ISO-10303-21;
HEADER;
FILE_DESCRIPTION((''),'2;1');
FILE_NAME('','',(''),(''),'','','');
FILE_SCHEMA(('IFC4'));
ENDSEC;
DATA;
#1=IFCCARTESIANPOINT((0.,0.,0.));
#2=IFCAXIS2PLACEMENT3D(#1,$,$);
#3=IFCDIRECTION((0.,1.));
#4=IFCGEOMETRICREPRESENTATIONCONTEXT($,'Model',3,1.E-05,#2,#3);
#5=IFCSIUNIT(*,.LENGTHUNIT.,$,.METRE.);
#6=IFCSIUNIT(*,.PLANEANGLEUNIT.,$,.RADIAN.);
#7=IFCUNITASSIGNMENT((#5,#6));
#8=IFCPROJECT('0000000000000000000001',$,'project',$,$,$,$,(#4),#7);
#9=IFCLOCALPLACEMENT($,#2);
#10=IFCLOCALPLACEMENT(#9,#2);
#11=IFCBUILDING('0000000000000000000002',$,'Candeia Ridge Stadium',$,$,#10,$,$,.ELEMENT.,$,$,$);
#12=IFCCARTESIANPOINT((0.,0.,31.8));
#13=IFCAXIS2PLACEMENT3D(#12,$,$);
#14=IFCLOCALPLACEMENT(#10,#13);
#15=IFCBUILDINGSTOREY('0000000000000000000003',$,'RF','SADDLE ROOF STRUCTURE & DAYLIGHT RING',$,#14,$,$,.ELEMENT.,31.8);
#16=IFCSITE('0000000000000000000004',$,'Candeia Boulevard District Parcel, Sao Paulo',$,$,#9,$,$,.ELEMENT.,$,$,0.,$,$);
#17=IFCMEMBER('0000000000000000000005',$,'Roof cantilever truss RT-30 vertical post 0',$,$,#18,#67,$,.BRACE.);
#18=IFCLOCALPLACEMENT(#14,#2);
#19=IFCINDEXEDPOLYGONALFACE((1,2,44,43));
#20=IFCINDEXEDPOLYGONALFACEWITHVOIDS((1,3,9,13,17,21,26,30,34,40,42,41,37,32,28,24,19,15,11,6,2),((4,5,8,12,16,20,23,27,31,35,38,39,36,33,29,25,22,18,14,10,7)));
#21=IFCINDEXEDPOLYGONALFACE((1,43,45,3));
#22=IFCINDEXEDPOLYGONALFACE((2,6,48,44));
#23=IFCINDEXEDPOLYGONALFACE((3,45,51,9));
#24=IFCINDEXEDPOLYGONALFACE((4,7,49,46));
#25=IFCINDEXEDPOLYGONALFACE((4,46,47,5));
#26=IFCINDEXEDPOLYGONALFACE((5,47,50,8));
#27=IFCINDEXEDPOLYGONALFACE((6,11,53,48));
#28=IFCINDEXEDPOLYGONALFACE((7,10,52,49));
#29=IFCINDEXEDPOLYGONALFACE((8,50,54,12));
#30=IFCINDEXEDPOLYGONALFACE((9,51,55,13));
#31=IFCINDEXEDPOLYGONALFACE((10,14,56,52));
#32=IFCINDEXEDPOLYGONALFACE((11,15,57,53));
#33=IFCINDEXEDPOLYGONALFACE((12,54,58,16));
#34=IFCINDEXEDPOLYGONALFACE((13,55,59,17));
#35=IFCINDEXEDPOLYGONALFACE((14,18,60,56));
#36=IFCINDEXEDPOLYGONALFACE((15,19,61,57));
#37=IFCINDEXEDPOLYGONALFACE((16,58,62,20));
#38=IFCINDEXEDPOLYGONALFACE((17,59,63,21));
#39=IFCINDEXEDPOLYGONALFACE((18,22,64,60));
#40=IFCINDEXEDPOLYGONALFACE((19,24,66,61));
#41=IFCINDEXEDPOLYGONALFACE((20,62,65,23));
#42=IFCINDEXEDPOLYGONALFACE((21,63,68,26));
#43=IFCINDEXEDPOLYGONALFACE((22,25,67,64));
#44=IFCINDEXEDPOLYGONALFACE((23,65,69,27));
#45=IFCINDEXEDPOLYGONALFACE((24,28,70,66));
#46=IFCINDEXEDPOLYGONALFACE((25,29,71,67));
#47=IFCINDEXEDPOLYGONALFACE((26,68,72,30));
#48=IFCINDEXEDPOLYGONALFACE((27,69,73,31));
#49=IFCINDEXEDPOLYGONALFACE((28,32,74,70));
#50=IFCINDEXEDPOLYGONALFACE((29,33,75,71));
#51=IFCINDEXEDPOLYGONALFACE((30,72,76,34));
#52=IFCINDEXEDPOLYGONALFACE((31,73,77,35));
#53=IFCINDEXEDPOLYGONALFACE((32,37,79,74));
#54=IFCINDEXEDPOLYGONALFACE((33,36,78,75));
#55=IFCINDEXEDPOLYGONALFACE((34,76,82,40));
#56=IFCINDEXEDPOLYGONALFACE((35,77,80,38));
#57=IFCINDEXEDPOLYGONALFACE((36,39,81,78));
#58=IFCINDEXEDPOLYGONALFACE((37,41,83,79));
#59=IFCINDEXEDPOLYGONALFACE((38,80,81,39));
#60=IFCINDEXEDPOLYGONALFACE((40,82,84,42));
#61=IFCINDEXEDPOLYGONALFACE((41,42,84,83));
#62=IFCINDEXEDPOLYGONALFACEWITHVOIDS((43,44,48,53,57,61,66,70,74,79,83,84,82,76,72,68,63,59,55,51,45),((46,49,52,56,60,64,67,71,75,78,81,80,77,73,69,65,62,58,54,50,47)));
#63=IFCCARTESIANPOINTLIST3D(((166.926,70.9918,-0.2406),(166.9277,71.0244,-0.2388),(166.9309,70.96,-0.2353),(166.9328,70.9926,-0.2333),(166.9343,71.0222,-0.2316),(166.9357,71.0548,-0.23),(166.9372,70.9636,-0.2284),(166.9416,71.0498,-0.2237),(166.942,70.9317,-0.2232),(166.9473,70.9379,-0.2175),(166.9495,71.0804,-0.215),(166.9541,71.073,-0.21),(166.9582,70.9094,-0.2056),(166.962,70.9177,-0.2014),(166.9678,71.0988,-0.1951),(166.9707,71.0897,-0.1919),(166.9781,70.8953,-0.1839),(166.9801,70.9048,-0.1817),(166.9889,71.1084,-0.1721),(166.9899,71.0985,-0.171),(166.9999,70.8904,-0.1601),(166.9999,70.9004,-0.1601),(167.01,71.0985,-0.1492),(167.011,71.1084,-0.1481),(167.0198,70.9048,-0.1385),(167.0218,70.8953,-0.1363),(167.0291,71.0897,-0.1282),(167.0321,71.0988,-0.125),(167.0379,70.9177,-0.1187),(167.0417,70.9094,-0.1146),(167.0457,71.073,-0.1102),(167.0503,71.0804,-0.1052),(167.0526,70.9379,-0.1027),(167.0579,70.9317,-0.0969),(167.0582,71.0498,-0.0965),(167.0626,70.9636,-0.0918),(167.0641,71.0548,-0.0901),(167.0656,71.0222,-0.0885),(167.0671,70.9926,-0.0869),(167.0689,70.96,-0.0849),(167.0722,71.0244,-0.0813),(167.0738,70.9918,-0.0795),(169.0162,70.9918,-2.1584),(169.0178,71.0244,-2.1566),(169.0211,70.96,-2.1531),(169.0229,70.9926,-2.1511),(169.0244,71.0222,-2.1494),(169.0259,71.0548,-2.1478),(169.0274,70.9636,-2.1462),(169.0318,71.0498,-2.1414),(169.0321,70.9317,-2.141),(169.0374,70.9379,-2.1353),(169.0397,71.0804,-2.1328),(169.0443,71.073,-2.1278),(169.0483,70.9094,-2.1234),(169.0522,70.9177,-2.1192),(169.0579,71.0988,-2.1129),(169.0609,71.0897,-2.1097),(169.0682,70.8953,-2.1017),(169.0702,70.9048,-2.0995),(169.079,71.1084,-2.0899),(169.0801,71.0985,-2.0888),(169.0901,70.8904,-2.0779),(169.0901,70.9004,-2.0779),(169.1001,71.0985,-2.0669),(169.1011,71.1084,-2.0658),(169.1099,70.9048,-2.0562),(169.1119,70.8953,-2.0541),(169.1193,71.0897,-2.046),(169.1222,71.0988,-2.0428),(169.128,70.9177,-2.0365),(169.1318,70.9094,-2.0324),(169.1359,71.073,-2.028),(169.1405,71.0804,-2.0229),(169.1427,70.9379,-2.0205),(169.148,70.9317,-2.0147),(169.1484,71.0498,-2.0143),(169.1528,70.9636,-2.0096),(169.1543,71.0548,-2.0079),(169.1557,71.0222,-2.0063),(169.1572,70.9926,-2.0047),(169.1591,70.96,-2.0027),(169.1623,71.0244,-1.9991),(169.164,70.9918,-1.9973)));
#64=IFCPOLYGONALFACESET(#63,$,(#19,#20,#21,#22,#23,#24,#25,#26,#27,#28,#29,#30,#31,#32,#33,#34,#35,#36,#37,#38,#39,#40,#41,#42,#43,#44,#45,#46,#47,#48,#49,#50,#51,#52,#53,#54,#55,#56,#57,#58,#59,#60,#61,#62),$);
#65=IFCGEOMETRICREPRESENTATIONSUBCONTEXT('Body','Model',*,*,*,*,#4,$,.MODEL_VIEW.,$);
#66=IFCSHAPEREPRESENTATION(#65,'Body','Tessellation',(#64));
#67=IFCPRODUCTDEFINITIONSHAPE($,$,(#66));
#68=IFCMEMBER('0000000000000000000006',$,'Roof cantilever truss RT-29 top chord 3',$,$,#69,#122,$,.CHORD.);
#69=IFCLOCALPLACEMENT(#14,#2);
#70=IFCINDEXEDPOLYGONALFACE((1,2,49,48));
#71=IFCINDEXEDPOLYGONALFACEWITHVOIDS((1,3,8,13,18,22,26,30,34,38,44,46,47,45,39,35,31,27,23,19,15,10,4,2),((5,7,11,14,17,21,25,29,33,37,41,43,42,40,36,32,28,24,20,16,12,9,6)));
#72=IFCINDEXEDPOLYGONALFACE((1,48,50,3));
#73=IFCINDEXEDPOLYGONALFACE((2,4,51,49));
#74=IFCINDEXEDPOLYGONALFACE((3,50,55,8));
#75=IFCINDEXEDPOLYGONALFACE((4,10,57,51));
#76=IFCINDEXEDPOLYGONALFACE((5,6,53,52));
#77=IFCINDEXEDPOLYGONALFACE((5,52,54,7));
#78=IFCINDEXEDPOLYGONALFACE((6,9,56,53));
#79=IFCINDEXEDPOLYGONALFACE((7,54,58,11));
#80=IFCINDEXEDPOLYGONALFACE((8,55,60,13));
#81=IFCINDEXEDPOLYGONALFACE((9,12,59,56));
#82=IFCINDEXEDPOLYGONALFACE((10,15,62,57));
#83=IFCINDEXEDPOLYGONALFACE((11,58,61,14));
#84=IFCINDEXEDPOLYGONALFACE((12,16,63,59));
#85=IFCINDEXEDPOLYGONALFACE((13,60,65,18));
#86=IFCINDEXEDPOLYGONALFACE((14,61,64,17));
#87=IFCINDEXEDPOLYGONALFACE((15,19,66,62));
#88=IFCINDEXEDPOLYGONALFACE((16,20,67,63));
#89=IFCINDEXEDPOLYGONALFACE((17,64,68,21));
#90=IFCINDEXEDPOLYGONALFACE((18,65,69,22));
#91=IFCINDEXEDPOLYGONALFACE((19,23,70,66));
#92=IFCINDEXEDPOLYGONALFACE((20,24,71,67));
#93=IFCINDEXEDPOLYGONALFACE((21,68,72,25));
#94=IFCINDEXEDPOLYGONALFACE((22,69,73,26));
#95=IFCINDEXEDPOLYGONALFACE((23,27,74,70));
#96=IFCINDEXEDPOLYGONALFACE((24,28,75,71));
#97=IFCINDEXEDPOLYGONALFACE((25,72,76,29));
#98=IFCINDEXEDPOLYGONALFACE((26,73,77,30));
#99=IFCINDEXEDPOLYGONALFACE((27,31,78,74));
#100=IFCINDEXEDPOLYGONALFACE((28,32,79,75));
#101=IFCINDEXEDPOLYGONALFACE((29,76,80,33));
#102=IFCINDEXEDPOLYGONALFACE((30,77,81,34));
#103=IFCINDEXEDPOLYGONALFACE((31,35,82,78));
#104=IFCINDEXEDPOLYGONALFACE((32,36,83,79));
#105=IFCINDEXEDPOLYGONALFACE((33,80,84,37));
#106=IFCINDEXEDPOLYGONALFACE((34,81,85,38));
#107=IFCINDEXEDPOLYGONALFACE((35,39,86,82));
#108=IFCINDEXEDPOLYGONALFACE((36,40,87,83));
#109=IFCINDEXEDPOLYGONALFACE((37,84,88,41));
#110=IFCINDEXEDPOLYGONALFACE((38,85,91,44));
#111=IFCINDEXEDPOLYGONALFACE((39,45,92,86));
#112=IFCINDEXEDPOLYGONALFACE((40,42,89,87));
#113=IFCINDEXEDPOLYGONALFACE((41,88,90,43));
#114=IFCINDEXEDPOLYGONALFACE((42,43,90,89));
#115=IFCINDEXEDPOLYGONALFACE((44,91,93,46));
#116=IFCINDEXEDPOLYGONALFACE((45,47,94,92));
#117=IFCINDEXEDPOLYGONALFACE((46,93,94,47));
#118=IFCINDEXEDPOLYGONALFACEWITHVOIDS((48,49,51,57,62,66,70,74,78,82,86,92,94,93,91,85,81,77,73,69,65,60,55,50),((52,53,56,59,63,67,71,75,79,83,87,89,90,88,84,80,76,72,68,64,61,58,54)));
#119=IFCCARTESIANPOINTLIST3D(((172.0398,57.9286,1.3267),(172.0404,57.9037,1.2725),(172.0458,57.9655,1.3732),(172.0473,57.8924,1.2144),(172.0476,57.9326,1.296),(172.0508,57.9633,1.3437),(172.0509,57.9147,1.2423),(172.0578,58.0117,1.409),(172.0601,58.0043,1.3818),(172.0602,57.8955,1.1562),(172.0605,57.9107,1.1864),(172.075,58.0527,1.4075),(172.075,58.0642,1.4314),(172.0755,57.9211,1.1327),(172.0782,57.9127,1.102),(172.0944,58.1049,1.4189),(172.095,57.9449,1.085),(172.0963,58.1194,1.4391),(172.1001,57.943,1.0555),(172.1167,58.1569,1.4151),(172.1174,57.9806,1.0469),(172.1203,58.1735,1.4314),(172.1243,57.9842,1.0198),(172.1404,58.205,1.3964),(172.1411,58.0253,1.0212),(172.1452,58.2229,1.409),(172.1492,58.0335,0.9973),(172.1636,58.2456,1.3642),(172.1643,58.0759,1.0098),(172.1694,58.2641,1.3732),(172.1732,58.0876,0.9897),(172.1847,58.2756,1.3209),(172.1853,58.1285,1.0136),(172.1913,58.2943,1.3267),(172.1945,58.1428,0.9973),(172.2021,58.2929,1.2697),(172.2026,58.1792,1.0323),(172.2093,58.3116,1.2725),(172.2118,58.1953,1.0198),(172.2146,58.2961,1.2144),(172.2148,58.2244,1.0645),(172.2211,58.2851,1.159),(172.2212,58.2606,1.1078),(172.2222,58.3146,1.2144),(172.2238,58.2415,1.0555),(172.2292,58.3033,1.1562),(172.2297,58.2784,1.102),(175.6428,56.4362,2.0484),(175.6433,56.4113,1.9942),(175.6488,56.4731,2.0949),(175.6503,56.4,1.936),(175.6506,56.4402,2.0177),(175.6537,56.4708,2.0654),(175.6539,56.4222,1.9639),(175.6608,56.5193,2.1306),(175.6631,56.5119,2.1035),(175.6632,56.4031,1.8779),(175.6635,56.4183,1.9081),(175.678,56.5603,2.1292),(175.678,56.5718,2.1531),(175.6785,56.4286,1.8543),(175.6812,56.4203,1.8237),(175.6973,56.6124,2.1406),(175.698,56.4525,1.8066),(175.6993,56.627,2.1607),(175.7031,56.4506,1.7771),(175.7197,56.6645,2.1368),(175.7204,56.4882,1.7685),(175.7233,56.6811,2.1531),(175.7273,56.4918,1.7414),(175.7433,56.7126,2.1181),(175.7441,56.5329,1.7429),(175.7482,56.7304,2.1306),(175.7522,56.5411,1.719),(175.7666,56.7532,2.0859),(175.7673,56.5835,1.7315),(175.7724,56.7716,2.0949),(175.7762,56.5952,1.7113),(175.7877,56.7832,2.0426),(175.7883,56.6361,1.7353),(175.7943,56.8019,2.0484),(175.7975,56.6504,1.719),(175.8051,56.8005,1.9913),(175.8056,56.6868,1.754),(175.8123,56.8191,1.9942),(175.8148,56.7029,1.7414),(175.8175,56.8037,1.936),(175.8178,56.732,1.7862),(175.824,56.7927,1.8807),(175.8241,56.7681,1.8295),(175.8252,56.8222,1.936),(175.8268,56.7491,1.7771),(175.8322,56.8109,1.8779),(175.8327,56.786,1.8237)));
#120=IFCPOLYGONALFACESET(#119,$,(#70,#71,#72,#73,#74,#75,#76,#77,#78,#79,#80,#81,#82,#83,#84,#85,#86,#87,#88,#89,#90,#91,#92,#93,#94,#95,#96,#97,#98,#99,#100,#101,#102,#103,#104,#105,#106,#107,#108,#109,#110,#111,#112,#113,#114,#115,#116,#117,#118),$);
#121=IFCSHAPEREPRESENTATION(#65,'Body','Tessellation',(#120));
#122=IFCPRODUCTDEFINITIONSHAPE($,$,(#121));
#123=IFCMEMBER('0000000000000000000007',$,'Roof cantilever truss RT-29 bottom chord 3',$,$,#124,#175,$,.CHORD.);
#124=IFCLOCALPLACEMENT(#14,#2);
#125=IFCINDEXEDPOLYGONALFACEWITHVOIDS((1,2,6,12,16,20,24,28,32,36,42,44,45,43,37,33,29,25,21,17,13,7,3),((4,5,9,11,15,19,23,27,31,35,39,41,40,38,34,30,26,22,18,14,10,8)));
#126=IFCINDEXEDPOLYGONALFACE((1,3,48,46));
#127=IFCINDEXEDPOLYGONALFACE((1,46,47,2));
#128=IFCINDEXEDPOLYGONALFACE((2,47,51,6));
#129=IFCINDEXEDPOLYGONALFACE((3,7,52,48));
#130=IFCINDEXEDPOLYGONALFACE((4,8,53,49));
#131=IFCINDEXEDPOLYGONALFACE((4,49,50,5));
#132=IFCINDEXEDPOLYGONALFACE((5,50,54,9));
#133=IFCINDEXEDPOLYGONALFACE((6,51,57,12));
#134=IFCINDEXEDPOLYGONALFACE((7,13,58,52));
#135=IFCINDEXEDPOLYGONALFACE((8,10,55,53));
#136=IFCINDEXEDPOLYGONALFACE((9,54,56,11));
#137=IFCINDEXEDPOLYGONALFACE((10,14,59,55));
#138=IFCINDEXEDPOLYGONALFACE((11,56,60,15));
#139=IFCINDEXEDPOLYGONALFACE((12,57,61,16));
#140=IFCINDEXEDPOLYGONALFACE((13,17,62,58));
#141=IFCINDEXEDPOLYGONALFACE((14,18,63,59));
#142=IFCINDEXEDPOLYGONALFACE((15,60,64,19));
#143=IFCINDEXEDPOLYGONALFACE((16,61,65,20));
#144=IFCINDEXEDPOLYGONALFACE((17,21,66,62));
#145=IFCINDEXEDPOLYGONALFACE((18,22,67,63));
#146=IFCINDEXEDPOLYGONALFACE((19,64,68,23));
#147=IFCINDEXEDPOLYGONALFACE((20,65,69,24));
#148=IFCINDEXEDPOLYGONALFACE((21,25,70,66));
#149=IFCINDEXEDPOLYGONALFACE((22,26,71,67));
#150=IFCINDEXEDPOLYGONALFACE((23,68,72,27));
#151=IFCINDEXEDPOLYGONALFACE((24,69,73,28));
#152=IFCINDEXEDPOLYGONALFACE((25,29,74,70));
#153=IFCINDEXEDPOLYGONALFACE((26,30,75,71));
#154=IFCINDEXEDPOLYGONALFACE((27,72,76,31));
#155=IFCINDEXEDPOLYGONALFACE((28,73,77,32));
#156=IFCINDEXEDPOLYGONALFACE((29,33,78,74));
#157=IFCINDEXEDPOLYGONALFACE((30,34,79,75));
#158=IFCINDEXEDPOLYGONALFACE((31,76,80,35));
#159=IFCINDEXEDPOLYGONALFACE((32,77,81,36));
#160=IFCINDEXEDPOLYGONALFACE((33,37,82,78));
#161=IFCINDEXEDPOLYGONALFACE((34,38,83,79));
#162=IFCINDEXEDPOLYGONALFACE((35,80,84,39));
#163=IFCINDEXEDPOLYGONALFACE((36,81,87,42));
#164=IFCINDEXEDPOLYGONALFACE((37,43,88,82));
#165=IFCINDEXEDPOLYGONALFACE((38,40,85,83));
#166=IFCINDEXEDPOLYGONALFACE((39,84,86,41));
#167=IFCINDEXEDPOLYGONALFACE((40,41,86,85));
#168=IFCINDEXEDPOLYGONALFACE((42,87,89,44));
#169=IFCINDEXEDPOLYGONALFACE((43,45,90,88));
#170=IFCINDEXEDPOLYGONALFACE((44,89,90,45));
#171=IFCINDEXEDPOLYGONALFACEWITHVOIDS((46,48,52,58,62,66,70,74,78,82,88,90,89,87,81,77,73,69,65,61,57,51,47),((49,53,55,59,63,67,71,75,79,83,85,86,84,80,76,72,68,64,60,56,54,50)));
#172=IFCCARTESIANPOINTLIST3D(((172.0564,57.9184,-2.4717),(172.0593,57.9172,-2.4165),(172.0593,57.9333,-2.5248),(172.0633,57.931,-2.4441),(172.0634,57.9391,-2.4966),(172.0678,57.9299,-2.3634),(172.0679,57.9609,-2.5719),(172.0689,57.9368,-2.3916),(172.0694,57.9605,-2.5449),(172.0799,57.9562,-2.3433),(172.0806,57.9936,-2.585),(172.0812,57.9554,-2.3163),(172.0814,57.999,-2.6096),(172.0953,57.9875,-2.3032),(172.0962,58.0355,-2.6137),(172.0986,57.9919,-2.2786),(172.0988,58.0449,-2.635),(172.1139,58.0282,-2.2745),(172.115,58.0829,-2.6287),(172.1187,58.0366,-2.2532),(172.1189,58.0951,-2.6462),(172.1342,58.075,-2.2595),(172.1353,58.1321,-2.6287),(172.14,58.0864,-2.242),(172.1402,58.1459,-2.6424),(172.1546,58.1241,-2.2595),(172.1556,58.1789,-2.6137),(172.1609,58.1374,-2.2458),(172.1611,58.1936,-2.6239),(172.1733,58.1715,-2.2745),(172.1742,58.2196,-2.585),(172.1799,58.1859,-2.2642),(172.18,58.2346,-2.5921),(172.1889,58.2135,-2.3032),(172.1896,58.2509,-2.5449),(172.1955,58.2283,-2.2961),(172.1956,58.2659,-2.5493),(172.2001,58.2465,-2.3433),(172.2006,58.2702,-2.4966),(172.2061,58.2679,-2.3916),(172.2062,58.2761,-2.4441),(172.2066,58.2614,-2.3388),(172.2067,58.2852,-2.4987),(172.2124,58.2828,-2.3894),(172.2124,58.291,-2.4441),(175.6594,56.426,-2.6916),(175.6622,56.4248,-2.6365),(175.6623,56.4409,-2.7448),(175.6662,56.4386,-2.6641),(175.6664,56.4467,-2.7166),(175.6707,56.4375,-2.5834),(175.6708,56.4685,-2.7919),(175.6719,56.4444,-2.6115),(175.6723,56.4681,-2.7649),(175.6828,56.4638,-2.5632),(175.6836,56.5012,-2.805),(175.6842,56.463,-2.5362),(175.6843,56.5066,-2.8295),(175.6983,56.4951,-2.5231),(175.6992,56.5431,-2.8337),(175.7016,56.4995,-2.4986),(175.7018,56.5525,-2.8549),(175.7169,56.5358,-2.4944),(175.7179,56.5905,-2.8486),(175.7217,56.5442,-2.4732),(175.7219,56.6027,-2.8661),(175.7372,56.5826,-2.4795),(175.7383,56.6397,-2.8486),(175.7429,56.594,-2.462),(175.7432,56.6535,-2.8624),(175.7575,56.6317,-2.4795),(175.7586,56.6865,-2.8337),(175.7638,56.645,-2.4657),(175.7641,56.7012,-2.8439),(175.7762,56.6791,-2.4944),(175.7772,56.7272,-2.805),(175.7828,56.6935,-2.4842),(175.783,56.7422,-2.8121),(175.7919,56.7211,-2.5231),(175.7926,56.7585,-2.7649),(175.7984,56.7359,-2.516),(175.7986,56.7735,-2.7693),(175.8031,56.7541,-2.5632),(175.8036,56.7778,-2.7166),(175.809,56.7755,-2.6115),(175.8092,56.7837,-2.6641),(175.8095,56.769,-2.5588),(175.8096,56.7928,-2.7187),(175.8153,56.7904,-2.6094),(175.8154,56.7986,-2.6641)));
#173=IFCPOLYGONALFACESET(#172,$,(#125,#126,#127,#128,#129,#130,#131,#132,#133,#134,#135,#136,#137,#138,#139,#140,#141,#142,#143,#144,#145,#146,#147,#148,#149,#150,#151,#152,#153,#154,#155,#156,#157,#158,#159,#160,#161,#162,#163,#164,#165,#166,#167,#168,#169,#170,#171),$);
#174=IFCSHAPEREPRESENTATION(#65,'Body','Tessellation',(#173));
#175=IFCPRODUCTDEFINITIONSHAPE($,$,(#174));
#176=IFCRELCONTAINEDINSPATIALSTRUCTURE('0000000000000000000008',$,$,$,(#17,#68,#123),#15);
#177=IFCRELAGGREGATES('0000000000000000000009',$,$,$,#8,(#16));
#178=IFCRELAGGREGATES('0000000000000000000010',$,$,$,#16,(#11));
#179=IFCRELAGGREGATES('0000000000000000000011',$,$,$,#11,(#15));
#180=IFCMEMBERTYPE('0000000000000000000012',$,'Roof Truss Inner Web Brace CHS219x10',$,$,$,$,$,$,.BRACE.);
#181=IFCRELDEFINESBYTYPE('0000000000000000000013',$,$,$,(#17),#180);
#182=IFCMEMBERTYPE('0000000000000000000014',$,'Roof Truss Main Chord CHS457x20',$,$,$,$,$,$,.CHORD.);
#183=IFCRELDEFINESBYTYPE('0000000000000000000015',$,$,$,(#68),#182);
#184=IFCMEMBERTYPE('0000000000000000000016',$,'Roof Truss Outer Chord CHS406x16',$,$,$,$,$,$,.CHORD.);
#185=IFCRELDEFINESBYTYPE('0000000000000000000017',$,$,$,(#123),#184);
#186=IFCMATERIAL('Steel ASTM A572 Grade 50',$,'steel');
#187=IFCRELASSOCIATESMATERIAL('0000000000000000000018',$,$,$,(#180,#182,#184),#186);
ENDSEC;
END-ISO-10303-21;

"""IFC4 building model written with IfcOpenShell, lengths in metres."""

from ifc_helpers import new_model, si_unit, direction, frame, origin, origin_2d, place, context, subcontext, project, spatial, hollow_circle, extrude, material, material_profile, profile_set, type_object, element, save


model = new_model("IFC4")

# Units and contexts
model_context = context("Model", 3, precision=1e-05, world=origin(), true_north=direction((0.0, 1.0)))
body_context = subcontext(model_context, "Body", "Model", "MODEL_VIEW")
ifc_project = project(units=[si_unit("LENGTHUNIT", "METRE"), si_unit("PLANEANGLEUNIT", "RADIAN")], contexts=[model_context])

# Site, building, storey
site_placement = place(None, origin())
site = spatial("IfcSite", under=ifc_project, at=site_placement, Name="Candeia Boulevard District Parcel, Sao Paulo", CompositionType="ELEMENT", RefElevation=0.0)
building_placement = place(site_placement, origin())
building = spatial("IfcBuilding", under=site, at=building_placement, Name="Candeia Ridge Stadium", CompositionType="ELEMENT")
storey_placement = place(building_placement, frame((0.0, 0.0, 31.8)))
storey = spatial("IfcBuildingStorey", under=building, at=storey_placement, Name="RF", Description="SADDLE ROOF STRUCTURE & DAYLIGHT RING", CompositionType="ELEMENT", Elevation=31.8)

# Shared definitions
ifc_material_1 = material(Name="Steel ASTM A572 Grade 50", Category="steel")

# Members
ifc_material_profile_1 = material_profile(ifc_material_1, hollow_circle(Radius=0.1096, WallThickness=0.01, at=origin_2d()), Name="CHS219x10", Category="steel")
ifc_profile_set_1 = profile_set([ifc_material_profile_1], Name="Steel ASTM A572 Grade 50")
member_type_1 = type_object("IfcMemberType", Name="Roof Truss Inner Web Brace CHS219x10", PredefinedType="BRACE", material=ifc_profile_set_1)
member_1_placement = place(storey_placement, frame((169.0901, 71.0, -2.0779), z_axis=(-0.736836, 0.0, 0.676071), x_axis=(0.0, -1.0, 0.0)))
element("IfcMember", 1, at=member_1_placement, inside=storey, type_object=member_type_1, Name="Roof cantilever truss RT-30 vertical post 0", PredefinedType="BRACE", context=body_context, shape_type="SweptSolid", body=[
    extrude(hollow_circle(Radius=0.1096, WallThickness=0.01, at=origin_2d()), origin(), (0.0, 0.0, 1.0), 2.8367),
])
ifc_material_profile_2 = material_profile(ifc_material_1, hollow_circle(Radius=0.2285, WallThickness=0.02, at=origin_2d()), Name="CHS457x20", Category="steel")
ifc_profile_set_2 = profile_set([ifc_material_profile_2], Name="Steel ASTM A572 Grade 50")
member_type_2 = type_object("IfcMemberType", Name="Roof Truss Main Chord CHS457x20", PredefinedType="CHORD", material=ifc_profile_set_2)
member_2_placement = place(storey_placement, frame((172.1348, 58.1035, 1.2144), z_axis=(0.908455, -0.376297, 0.181962), x_axis=(0.382685, 0.923879, 0.0)))
element("IfcMember", 2, at=member_2_placement, inside=storey, type_object=member_type_2, Name="Roof cantilever truss RT-29 top chord 3", PredefinedType="CHORD", context=body_context, shape_type="SweptSolid", body=[
    extrude(hollow_circle(Radius=0.2285, WallThickness=0.02, at=origin_2d()), origin(), (0.0, 0.0, 1.0), 3.9661),
])
ifc_material_profile_3 = material_profile(ifc_material_1, hollow_circle(Radius=0.2029, WallThickness=0.0161, at=origin_2d()), Name="CHS406x16", Category="steel")
ifc_profile_set_3 = profile_set([ifc_material_profile_3], Name="Steel ASTM A572 Grade 50")
member_type_3 = type_object("IfcMemberType", Name="Roof Truss Outer Chord CHS406x16", PredefinedType="CHORD", material=ifc_profile_set_3)
member_3_placement = place(storey_placement, frame((172.1348, 58.1035, -2.4441), z_axis=(0.922413, -0.382078, -0.056315), x_axis=(0.382685, 0.923879, 0.0)))
element("IfcMember", 3, at=member_3_placement, inside=storey, type_object=member_type_3, Name="Roof cantilever truss RT-29 bottom chord 3", PredefinedType="CHORD", context=body_context, shape_type="SweptSolid", body=[
    extrude(hollow_circle(Radius=0.2029, WallThickness=0.0161, at=origin_2d()), origin(), (0.0, 0.0, 1.0), 3.906),
])

save(model, "model.ifc")
